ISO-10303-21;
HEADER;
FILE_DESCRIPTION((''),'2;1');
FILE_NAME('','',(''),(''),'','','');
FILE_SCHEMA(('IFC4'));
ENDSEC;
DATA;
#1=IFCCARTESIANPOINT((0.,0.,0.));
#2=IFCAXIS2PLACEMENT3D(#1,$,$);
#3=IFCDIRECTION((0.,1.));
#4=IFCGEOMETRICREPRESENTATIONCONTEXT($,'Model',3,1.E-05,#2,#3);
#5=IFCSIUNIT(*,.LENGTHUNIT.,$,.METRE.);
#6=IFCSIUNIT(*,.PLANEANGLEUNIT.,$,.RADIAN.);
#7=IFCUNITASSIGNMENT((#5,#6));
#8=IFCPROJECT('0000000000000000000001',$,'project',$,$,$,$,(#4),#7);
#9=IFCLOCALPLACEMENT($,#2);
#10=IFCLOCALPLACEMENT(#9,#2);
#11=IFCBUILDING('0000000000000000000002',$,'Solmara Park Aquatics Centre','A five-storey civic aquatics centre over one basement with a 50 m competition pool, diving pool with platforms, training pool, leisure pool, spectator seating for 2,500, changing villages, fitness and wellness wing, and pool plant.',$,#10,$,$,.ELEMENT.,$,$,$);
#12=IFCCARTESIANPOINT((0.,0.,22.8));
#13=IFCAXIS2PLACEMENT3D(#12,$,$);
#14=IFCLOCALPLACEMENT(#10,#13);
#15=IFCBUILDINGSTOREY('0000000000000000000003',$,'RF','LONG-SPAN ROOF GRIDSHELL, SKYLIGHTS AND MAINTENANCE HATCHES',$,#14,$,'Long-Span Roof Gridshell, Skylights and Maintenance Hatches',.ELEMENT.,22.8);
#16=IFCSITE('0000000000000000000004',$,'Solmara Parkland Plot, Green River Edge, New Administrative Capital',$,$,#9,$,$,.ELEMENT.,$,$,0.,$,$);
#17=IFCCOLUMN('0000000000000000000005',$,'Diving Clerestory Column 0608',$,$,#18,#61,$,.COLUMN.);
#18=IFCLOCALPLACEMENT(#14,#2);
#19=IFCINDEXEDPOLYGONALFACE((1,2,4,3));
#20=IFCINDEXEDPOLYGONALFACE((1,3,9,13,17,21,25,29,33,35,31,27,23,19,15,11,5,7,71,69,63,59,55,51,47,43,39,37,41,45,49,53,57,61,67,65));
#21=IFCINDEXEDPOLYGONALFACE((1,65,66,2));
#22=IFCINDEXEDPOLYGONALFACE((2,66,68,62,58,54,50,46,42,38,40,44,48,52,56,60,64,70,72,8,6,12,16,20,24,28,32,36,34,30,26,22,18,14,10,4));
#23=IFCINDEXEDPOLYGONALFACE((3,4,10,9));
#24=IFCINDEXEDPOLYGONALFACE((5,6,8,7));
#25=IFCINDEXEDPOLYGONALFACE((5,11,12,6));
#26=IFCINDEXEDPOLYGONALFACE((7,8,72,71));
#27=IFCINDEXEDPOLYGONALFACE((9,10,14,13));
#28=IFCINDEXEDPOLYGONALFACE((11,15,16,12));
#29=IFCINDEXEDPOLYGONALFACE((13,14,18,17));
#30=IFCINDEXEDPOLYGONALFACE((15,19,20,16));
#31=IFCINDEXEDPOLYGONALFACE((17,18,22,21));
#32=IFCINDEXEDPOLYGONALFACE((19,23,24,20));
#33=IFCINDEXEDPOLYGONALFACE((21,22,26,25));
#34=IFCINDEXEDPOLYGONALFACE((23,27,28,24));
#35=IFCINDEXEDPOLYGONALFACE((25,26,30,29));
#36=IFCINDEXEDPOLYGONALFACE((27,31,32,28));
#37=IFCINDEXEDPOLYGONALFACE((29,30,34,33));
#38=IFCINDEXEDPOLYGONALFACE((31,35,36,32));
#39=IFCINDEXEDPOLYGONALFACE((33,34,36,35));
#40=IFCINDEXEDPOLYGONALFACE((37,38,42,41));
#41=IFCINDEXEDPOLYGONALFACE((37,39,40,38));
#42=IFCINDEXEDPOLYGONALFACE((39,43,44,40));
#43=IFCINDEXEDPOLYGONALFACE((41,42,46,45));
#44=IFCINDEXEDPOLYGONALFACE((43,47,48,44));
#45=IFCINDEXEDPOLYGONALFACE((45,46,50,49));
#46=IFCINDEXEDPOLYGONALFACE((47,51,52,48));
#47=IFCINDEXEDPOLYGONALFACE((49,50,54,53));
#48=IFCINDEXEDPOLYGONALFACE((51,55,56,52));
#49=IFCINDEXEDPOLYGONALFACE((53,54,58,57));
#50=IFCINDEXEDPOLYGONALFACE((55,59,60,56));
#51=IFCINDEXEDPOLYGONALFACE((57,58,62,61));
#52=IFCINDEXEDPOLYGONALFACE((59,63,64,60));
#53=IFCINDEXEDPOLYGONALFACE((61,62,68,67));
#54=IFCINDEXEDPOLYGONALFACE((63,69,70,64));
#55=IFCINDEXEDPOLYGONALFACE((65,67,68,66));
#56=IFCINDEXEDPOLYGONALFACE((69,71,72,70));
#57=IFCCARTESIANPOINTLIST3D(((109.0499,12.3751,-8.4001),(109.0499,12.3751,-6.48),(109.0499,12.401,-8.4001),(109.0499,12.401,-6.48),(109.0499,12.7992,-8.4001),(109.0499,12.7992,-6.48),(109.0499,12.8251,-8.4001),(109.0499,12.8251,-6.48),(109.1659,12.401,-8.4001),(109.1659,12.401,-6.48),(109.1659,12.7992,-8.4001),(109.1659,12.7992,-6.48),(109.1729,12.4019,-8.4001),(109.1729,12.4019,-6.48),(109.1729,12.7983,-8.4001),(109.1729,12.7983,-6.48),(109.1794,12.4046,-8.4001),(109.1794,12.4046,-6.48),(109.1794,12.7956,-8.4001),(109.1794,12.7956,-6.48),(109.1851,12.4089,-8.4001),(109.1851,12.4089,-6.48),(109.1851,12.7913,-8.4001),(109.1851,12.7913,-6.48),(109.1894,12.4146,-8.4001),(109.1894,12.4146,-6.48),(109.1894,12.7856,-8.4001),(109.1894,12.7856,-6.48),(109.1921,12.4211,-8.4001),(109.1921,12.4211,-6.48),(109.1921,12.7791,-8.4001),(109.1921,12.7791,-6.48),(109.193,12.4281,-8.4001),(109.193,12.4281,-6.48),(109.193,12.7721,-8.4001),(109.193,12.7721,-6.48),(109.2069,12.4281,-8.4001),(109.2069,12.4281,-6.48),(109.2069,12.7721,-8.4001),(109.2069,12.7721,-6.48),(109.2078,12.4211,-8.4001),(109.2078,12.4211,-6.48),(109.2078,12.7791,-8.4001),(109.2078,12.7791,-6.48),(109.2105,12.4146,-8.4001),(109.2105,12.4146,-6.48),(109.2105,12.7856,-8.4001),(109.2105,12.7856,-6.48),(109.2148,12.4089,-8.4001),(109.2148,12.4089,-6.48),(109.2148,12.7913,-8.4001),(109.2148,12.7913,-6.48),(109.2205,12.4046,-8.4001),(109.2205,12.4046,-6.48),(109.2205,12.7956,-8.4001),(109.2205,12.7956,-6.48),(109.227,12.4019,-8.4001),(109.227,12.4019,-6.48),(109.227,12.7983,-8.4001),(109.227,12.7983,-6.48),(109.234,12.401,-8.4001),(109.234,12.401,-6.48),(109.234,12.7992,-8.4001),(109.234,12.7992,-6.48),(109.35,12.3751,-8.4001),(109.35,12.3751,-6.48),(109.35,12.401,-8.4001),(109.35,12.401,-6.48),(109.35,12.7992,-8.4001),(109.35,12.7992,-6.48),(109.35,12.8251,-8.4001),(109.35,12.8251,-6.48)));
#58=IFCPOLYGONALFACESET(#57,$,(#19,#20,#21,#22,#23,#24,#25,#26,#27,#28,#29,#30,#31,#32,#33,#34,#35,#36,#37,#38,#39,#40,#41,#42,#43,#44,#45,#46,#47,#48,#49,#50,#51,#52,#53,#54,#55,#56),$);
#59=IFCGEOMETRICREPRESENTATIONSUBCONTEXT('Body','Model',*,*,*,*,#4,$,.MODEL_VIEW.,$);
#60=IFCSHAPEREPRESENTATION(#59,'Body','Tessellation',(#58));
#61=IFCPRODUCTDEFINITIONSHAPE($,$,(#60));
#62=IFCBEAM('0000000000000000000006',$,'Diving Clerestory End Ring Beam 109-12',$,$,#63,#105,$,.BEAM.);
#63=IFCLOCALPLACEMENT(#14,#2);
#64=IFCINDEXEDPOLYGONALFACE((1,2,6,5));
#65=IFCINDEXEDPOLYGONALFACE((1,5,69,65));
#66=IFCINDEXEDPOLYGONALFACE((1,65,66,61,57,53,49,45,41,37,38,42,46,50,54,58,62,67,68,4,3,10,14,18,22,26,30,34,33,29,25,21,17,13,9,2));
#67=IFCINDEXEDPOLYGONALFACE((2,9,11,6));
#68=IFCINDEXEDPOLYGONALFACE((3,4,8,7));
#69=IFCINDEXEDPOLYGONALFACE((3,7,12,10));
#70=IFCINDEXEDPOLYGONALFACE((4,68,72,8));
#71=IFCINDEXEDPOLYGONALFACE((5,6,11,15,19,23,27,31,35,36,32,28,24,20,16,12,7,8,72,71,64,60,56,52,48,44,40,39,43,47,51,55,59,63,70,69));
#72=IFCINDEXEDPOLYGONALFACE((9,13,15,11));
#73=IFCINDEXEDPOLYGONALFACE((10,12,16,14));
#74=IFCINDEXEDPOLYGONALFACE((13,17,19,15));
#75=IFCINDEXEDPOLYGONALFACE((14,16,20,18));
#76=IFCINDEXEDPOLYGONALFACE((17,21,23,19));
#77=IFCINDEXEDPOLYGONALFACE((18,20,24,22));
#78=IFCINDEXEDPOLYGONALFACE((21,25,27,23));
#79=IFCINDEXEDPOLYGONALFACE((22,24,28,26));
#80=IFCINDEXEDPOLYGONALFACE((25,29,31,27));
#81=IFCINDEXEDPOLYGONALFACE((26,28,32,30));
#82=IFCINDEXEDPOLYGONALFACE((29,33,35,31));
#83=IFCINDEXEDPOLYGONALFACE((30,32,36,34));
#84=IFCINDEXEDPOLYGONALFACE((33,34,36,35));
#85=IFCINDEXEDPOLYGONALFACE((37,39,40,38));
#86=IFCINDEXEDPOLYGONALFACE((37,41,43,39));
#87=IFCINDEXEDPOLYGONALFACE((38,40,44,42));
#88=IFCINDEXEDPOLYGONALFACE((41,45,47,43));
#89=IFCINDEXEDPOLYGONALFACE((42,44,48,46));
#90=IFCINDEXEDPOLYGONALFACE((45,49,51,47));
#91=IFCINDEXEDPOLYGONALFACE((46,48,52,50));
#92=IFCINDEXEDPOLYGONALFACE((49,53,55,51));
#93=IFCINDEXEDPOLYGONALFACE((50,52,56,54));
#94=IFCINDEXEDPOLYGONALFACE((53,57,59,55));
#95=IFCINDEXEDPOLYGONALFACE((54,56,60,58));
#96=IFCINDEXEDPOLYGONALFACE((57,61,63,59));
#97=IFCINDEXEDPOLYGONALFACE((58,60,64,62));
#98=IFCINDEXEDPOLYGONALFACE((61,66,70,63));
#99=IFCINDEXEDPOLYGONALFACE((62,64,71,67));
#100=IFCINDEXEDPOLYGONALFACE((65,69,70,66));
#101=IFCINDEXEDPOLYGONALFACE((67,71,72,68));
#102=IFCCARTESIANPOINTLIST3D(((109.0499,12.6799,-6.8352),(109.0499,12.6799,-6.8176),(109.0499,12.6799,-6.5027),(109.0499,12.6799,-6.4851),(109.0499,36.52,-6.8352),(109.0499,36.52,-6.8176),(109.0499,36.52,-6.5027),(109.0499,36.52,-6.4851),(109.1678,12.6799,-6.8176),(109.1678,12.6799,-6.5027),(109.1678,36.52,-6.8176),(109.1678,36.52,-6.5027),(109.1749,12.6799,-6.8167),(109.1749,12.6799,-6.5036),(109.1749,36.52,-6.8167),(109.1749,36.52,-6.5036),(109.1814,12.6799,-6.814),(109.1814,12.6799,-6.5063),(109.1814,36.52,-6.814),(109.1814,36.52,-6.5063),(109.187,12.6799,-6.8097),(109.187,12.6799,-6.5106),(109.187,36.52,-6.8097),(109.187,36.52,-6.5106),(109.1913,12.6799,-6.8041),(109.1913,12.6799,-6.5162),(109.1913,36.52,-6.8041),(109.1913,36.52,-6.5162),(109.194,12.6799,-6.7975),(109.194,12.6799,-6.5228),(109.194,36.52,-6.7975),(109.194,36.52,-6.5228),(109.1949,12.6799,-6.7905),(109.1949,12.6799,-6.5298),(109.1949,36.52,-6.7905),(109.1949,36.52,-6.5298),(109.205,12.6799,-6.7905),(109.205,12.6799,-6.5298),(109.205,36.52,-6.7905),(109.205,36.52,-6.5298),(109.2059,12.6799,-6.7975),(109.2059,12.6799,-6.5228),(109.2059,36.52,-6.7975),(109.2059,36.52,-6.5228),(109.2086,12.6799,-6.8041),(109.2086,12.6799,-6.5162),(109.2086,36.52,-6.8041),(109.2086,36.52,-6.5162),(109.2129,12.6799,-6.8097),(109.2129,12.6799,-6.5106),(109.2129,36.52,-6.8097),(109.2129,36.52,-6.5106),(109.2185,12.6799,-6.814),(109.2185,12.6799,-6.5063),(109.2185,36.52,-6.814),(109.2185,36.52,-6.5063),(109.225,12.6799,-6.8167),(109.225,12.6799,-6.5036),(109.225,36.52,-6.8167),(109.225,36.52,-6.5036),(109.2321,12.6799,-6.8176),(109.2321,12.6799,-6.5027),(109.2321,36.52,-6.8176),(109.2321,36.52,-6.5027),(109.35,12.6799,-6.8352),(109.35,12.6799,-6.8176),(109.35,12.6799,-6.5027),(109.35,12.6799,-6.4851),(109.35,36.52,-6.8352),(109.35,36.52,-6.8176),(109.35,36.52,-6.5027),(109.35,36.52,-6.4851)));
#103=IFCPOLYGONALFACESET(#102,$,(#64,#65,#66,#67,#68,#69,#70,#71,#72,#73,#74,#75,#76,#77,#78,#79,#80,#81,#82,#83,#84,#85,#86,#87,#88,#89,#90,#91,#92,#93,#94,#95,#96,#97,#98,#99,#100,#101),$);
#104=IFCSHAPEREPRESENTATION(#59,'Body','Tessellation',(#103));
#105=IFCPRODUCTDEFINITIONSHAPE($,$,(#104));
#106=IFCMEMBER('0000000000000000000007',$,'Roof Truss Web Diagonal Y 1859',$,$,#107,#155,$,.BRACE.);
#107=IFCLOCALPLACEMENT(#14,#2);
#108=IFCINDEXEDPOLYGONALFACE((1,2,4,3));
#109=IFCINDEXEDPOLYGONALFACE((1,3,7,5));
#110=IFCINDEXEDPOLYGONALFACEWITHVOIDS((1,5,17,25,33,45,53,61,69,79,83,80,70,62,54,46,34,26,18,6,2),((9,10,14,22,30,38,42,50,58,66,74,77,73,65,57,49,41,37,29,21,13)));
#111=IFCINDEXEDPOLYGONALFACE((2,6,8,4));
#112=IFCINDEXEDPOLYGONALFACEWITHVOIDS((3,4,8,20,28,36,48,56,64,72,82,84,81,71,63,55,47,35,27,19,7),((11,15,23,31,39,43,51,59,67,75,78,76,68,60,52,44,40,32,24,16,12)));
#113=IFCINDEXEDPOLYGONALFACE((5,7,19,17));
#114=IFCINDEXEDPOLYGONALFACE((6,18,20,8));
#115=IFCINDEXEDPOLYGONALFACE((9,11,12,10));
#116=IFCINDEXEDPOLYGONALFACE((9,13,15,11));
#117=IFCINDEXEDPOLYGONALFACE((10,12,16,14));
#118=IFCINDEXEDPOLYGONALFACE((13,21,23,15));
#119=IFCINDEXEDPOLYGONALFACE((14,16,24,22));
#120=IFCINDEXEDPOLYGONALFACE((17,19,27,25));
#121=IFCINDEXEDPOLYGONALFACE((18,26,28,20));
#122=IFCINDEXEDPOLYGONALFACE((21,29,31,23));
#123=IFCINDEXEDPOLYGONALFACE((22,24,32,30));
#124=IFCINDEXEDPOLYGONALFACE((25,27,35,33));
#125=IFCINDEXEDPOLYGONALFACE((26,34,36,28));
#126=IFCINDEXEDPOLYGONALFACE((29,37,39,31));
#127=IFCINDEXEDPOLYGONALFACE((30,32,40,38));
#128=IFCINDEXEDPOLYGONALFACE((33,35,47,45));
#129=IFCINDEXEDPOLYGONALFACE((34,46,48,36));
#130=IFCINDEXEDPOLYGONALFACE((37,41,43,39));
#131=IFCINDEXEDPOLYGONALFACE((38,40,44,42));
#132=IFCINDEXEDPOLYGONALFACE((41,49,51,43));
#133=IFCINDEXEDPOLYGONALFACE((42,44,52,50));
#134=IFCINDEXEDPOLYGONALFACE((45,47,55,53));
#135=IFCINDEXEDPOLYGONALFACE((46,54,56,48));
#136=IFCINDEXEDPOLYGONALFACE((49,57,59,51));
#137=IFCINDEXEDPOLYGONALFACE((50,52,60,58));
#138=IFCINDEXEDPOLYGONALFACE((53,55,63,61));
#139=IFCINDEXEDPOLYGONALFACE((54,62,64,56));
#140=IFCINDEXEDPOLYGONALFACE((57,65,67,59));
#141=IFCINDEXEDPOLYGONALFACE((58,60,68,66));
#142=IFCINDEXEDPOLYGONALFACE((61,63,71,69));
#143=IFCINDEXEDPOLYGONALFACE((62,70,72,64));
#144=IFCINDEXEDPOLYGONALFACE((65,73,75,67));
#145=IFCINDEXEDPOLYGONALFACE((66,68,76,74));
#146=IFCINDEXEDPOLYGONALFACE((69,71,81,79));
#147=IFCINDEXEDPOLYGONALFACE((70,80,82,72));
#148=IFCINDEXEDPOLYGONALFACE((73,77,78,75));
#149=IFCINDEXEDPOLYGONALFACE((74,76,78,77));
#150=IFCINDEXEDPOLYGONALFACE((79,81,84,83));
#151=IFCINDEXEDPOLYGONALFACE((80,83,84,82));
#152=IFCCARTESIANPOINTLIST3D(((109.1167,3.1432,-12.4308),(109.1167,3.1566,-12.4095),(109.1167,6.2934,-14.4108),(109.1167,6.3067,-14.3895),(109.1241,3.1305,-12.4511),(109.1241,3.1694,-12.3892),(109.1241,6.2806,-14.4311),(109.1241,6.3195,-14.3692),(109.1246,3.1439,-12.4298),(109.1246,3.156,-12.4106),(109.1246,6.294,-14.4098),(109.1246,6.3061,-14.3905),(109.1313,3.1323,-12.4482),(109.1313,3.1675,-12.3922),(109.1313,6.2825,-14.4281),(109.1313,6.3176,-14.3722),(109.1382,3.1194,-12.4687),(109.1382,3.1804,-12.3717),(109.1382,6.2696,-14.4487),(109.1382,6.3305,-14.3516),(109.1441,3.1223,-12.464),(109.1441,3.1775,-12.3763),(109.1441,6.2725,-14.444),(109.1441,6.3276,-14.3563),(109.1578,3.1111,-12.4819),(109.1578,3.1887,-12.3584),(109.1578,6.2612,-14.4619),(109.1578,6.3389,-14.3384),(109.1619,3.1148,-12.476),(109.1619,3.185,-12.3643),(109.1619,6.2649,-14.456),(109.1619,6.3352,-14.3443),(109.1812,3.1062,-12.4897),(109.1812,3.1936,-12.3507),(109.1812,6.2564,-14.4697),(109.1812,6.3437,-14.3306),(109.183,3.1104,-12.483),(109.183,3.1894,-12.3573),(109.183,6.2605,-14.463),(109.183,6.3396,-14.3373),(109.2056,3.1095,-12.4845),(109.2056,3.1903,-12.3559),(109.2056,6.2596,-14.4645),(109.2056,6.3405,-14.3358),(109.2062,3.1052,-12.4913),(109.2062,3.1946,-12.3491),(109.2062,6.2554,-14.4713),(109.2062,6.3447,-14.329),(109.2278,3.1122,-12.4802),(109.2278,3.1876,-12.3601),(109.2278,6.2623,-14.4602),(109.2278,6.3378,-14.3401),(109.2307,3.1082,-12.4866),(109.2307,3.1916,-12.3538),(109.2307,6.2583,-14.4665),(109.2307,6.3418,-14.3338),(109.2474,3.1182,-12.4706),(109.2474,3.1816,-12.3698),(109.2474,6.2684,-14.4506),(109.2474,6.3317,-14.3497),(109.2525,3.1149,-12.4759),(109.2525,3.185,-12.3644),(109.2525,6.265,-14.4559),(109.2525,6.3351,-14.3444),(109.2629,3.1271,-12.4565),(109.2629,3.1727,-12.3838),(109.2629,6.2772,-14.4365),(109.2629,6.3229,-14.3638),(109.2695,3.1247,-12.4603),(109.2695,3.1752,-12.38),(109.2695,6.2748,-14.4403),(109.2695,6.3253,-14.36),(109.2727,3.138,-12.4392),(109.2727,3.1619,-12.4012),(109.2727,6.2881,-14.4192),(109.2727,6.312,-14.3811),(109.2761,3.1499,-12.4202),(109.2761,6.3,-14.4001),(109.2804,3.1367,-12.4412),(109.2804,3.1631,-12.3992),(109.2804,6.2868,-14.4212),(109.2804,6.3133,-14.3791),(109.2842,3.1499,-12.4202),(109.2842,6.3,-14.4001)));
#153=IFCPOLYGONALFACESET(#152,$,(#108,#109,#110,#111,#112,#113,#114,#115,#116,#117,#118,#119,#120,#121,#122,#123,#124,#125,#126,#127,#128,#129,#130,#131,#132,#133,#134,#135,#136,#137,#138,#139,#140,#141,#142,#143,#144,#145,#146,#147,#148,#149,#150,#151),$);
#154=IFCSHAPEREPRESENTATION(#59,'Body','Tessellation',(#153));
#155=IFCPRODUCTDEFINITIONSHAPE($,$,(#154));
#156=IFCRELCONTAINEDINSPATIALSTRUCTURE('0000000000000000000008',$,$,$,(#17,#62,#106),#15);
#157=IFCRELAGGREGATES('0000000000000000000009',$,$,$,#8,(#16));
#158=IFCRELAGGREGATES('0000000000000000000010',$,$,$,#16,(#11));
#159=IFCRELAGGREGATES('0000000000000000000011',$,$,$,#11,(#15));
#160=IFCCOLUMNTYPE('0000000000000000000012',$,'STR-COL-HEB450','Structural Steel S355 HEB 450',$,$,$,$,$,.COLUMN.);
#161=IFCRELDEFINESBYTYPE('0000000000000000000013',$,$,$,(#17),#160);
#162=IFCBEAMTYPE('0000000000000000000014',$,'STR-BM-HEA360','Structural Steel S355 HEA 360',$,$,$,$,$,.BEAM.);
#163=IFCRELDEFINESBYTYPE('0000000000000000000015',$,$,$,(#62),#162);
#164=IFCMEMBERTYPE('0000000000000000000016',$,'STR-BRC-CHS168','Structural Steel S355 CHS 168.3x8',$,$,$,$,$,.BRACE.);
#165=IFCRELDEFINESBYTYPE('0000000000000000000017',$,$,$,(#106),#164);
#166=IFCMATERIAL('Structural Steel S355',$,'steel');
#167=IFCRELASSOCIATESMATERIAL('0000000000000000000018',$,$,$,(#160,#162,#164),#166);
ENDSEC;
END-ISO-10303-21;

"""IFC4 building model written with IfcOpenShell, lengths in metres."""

from ifc_helpers import new_model, si_unit, direction, frame, origin, origin_2d, place, context, subcontext, project, spatial, hollow_circle, i_section, extrude, material, material_profile, profile_set, type_object, element, save


model = new_model("IFC4")

# Units and contexts
model_context = context("Model", 3, precision=1e-05, world=origin(), true_north=direction((0.0, 1.0)))
body_context = subcontext(model_context, "Body", "Model", "MODEL_VIEW")
ifc_project = project(units=[si_unit("LENGTHUNIT", "METRE"), si_unit("PLANEANGLEUNIT", "RADIAN")], contexts=[model_context])

# Site, building, storey
site_placement = place(None, origin())
site = spatial("IfcSite", under=ifc_project, at=site_placement, Name="Solmara Parkland Plot, Green River Edge, New Administrative Capital", CompositionType="ELEMENT", RefElevation=0.0)
building_placement = place(site_placement, origin())
building = spatial("IfcBuilding", under=site, at=building_placement, Name="Solmara Park Aquatics Centre", Description="A five-storey civic aquatics centre over one basement with a 50 m competition pool, diving pool with platforms, training pool, leisure pool, spectator seating for 2,500, changing villages, fitness and wellness wing, and pool plant.", CompositionType="ELEMENT")
storey_placement = place(building_placement, frame((0.0, 0.0, 22.8)))
storey = spatial("IfcBuildingStorey", under=building, at=storey_placement, Name="RF", Description="LONG-SPAN ROOF GRIDSHELL, SKYLIGHTS AND MAINTENANCE HATCHES", LongName="Long-Span Roof Gridshell, Skylights and Maintenance Hatches", CompositionType="ELEMENT", Elevation=22.8)

# Column
ifc_material_1 = material(Name="Structural Steel S355", Category="steel")
ifc_material_profile_1 = material_profile(ifc_material_1, i_section(OverallWidth=0.3, OverallDepth=0.45, WebThickness=0.0139, FlangeThickness=0.0259, FilletRadius=0.0271, at=origin_2d()), Name="HEB 450")
ifc_profile_set_1 = profile_set([ifc_material_profile_1], Name="Structural Steel S355")
column_type = type_object("IfcColumnType", Name="STR-COL-HEB450", Description="Structural Steel S355 HEB 450", PredefinedType="COLUMN", material=ifc_profile_set_1)
column_placement = place(storey_placement, frame((109.2, 12.6001, -8.4001), z_axis=(0.0, 0.0, 1.0), x_axis=(1.0, 0.0, 0.0)))
element("IfcColumn", 1, at=column_placement, inside=storey, type_object=column_type, Name="Diving Clerestory Column 0608", PredefinedType="COLUMN", context=body_context, shape_type="SweptSolid", body=[
    extrude(i_section(OverallWidth=0.3, OverallDepth=0.45, WebThickness=0.0139, FlangeThickness=0.0259, FilletRadius=0.0271, at=origin_2d()), origin(), (0.0, 0.0, 1.0), 1.9202),
])

# Beam
ifc_material_profile_2 = material_profile(ifc_material_1, i_section(OverallWidth=0.3, OverallDepth=0.3501, WebThickness=0.01, FlangeThickness=0.0176, FilletRadius=0.0271, at=origin_2d()), Name="HEA 360")
ifc_profile_set_2 = profile_set([ifc_material_profile_2], Name="Structural Steel S355")
beam_type = type_object("IfcBeamType", Name="STR-BM-HEA360", Description="Structural Steel S355 HEA 360", PredefinedType="BEAM", material=ifc_profile_set_2)
beam_placement = place(storey_placement, frame((109.2, 12.6799, -6.6602), z_axis=(0.0, 1.0, 0.0), x_axis=(-1.0, 0.0, 0.0)))
element("IfcBeam", 2, at=beam_placement, inside=storey, type_object=beam_type, Name="Diving Clerestory End Ring Beam 109-12", PredefinedType="BEAM", context=body_context, shape_type="SweptSolid", body=[
    extrude(i_section(OverallWidth=0.3, OverallDepth=0.3501, WebThickness=0.01, FlangeThickness=0.0176, FilletRadius=0.0271, at=origin_2d()), origin(), (0.0, 0.0, 1.0), 23.8401),
])

# Member
ifc_material_profile_3 = material_profile(ifc_material_1, hollow_circle(Radius=0.0842, WallThickness=0.0081, at=origin_2d()), Name="CHS 168.3x8")
ifc_profile_set_3 = profile_set([ifc_material_profile_3], Name="Structural Steel S355")
member_type_1 = type_object("IfcMemberType", Name="STR-BRC-CHS168", Description="Structural Steel S355 CHS 168.3x8", PredefinedType="BRACE", material=ifc_profile_set_3)
member_1_placement = place(storey_placement, frame((109.2, 6.3, -14.4001), z_axis=(0.0, -0.84665, 0.53215), x_axis=(1.0, 0.0, 0.0)))
element("IfcMember", 3, at=member_1_placement, inside=storey, type_object=member_type_1, Name="Roof Truss Web Diagonal Y 1859", PredefinedType="BRACE", context=body_context, shape_type="SweptSolid", body=[
    extrude(hollow_circle(Radius=0.0842, WallThickness=0.0081, at=origin_2d()), origin(), (0.0, 0.0, 1.0), 3.7207),
])

save(model, "model.ifc")
